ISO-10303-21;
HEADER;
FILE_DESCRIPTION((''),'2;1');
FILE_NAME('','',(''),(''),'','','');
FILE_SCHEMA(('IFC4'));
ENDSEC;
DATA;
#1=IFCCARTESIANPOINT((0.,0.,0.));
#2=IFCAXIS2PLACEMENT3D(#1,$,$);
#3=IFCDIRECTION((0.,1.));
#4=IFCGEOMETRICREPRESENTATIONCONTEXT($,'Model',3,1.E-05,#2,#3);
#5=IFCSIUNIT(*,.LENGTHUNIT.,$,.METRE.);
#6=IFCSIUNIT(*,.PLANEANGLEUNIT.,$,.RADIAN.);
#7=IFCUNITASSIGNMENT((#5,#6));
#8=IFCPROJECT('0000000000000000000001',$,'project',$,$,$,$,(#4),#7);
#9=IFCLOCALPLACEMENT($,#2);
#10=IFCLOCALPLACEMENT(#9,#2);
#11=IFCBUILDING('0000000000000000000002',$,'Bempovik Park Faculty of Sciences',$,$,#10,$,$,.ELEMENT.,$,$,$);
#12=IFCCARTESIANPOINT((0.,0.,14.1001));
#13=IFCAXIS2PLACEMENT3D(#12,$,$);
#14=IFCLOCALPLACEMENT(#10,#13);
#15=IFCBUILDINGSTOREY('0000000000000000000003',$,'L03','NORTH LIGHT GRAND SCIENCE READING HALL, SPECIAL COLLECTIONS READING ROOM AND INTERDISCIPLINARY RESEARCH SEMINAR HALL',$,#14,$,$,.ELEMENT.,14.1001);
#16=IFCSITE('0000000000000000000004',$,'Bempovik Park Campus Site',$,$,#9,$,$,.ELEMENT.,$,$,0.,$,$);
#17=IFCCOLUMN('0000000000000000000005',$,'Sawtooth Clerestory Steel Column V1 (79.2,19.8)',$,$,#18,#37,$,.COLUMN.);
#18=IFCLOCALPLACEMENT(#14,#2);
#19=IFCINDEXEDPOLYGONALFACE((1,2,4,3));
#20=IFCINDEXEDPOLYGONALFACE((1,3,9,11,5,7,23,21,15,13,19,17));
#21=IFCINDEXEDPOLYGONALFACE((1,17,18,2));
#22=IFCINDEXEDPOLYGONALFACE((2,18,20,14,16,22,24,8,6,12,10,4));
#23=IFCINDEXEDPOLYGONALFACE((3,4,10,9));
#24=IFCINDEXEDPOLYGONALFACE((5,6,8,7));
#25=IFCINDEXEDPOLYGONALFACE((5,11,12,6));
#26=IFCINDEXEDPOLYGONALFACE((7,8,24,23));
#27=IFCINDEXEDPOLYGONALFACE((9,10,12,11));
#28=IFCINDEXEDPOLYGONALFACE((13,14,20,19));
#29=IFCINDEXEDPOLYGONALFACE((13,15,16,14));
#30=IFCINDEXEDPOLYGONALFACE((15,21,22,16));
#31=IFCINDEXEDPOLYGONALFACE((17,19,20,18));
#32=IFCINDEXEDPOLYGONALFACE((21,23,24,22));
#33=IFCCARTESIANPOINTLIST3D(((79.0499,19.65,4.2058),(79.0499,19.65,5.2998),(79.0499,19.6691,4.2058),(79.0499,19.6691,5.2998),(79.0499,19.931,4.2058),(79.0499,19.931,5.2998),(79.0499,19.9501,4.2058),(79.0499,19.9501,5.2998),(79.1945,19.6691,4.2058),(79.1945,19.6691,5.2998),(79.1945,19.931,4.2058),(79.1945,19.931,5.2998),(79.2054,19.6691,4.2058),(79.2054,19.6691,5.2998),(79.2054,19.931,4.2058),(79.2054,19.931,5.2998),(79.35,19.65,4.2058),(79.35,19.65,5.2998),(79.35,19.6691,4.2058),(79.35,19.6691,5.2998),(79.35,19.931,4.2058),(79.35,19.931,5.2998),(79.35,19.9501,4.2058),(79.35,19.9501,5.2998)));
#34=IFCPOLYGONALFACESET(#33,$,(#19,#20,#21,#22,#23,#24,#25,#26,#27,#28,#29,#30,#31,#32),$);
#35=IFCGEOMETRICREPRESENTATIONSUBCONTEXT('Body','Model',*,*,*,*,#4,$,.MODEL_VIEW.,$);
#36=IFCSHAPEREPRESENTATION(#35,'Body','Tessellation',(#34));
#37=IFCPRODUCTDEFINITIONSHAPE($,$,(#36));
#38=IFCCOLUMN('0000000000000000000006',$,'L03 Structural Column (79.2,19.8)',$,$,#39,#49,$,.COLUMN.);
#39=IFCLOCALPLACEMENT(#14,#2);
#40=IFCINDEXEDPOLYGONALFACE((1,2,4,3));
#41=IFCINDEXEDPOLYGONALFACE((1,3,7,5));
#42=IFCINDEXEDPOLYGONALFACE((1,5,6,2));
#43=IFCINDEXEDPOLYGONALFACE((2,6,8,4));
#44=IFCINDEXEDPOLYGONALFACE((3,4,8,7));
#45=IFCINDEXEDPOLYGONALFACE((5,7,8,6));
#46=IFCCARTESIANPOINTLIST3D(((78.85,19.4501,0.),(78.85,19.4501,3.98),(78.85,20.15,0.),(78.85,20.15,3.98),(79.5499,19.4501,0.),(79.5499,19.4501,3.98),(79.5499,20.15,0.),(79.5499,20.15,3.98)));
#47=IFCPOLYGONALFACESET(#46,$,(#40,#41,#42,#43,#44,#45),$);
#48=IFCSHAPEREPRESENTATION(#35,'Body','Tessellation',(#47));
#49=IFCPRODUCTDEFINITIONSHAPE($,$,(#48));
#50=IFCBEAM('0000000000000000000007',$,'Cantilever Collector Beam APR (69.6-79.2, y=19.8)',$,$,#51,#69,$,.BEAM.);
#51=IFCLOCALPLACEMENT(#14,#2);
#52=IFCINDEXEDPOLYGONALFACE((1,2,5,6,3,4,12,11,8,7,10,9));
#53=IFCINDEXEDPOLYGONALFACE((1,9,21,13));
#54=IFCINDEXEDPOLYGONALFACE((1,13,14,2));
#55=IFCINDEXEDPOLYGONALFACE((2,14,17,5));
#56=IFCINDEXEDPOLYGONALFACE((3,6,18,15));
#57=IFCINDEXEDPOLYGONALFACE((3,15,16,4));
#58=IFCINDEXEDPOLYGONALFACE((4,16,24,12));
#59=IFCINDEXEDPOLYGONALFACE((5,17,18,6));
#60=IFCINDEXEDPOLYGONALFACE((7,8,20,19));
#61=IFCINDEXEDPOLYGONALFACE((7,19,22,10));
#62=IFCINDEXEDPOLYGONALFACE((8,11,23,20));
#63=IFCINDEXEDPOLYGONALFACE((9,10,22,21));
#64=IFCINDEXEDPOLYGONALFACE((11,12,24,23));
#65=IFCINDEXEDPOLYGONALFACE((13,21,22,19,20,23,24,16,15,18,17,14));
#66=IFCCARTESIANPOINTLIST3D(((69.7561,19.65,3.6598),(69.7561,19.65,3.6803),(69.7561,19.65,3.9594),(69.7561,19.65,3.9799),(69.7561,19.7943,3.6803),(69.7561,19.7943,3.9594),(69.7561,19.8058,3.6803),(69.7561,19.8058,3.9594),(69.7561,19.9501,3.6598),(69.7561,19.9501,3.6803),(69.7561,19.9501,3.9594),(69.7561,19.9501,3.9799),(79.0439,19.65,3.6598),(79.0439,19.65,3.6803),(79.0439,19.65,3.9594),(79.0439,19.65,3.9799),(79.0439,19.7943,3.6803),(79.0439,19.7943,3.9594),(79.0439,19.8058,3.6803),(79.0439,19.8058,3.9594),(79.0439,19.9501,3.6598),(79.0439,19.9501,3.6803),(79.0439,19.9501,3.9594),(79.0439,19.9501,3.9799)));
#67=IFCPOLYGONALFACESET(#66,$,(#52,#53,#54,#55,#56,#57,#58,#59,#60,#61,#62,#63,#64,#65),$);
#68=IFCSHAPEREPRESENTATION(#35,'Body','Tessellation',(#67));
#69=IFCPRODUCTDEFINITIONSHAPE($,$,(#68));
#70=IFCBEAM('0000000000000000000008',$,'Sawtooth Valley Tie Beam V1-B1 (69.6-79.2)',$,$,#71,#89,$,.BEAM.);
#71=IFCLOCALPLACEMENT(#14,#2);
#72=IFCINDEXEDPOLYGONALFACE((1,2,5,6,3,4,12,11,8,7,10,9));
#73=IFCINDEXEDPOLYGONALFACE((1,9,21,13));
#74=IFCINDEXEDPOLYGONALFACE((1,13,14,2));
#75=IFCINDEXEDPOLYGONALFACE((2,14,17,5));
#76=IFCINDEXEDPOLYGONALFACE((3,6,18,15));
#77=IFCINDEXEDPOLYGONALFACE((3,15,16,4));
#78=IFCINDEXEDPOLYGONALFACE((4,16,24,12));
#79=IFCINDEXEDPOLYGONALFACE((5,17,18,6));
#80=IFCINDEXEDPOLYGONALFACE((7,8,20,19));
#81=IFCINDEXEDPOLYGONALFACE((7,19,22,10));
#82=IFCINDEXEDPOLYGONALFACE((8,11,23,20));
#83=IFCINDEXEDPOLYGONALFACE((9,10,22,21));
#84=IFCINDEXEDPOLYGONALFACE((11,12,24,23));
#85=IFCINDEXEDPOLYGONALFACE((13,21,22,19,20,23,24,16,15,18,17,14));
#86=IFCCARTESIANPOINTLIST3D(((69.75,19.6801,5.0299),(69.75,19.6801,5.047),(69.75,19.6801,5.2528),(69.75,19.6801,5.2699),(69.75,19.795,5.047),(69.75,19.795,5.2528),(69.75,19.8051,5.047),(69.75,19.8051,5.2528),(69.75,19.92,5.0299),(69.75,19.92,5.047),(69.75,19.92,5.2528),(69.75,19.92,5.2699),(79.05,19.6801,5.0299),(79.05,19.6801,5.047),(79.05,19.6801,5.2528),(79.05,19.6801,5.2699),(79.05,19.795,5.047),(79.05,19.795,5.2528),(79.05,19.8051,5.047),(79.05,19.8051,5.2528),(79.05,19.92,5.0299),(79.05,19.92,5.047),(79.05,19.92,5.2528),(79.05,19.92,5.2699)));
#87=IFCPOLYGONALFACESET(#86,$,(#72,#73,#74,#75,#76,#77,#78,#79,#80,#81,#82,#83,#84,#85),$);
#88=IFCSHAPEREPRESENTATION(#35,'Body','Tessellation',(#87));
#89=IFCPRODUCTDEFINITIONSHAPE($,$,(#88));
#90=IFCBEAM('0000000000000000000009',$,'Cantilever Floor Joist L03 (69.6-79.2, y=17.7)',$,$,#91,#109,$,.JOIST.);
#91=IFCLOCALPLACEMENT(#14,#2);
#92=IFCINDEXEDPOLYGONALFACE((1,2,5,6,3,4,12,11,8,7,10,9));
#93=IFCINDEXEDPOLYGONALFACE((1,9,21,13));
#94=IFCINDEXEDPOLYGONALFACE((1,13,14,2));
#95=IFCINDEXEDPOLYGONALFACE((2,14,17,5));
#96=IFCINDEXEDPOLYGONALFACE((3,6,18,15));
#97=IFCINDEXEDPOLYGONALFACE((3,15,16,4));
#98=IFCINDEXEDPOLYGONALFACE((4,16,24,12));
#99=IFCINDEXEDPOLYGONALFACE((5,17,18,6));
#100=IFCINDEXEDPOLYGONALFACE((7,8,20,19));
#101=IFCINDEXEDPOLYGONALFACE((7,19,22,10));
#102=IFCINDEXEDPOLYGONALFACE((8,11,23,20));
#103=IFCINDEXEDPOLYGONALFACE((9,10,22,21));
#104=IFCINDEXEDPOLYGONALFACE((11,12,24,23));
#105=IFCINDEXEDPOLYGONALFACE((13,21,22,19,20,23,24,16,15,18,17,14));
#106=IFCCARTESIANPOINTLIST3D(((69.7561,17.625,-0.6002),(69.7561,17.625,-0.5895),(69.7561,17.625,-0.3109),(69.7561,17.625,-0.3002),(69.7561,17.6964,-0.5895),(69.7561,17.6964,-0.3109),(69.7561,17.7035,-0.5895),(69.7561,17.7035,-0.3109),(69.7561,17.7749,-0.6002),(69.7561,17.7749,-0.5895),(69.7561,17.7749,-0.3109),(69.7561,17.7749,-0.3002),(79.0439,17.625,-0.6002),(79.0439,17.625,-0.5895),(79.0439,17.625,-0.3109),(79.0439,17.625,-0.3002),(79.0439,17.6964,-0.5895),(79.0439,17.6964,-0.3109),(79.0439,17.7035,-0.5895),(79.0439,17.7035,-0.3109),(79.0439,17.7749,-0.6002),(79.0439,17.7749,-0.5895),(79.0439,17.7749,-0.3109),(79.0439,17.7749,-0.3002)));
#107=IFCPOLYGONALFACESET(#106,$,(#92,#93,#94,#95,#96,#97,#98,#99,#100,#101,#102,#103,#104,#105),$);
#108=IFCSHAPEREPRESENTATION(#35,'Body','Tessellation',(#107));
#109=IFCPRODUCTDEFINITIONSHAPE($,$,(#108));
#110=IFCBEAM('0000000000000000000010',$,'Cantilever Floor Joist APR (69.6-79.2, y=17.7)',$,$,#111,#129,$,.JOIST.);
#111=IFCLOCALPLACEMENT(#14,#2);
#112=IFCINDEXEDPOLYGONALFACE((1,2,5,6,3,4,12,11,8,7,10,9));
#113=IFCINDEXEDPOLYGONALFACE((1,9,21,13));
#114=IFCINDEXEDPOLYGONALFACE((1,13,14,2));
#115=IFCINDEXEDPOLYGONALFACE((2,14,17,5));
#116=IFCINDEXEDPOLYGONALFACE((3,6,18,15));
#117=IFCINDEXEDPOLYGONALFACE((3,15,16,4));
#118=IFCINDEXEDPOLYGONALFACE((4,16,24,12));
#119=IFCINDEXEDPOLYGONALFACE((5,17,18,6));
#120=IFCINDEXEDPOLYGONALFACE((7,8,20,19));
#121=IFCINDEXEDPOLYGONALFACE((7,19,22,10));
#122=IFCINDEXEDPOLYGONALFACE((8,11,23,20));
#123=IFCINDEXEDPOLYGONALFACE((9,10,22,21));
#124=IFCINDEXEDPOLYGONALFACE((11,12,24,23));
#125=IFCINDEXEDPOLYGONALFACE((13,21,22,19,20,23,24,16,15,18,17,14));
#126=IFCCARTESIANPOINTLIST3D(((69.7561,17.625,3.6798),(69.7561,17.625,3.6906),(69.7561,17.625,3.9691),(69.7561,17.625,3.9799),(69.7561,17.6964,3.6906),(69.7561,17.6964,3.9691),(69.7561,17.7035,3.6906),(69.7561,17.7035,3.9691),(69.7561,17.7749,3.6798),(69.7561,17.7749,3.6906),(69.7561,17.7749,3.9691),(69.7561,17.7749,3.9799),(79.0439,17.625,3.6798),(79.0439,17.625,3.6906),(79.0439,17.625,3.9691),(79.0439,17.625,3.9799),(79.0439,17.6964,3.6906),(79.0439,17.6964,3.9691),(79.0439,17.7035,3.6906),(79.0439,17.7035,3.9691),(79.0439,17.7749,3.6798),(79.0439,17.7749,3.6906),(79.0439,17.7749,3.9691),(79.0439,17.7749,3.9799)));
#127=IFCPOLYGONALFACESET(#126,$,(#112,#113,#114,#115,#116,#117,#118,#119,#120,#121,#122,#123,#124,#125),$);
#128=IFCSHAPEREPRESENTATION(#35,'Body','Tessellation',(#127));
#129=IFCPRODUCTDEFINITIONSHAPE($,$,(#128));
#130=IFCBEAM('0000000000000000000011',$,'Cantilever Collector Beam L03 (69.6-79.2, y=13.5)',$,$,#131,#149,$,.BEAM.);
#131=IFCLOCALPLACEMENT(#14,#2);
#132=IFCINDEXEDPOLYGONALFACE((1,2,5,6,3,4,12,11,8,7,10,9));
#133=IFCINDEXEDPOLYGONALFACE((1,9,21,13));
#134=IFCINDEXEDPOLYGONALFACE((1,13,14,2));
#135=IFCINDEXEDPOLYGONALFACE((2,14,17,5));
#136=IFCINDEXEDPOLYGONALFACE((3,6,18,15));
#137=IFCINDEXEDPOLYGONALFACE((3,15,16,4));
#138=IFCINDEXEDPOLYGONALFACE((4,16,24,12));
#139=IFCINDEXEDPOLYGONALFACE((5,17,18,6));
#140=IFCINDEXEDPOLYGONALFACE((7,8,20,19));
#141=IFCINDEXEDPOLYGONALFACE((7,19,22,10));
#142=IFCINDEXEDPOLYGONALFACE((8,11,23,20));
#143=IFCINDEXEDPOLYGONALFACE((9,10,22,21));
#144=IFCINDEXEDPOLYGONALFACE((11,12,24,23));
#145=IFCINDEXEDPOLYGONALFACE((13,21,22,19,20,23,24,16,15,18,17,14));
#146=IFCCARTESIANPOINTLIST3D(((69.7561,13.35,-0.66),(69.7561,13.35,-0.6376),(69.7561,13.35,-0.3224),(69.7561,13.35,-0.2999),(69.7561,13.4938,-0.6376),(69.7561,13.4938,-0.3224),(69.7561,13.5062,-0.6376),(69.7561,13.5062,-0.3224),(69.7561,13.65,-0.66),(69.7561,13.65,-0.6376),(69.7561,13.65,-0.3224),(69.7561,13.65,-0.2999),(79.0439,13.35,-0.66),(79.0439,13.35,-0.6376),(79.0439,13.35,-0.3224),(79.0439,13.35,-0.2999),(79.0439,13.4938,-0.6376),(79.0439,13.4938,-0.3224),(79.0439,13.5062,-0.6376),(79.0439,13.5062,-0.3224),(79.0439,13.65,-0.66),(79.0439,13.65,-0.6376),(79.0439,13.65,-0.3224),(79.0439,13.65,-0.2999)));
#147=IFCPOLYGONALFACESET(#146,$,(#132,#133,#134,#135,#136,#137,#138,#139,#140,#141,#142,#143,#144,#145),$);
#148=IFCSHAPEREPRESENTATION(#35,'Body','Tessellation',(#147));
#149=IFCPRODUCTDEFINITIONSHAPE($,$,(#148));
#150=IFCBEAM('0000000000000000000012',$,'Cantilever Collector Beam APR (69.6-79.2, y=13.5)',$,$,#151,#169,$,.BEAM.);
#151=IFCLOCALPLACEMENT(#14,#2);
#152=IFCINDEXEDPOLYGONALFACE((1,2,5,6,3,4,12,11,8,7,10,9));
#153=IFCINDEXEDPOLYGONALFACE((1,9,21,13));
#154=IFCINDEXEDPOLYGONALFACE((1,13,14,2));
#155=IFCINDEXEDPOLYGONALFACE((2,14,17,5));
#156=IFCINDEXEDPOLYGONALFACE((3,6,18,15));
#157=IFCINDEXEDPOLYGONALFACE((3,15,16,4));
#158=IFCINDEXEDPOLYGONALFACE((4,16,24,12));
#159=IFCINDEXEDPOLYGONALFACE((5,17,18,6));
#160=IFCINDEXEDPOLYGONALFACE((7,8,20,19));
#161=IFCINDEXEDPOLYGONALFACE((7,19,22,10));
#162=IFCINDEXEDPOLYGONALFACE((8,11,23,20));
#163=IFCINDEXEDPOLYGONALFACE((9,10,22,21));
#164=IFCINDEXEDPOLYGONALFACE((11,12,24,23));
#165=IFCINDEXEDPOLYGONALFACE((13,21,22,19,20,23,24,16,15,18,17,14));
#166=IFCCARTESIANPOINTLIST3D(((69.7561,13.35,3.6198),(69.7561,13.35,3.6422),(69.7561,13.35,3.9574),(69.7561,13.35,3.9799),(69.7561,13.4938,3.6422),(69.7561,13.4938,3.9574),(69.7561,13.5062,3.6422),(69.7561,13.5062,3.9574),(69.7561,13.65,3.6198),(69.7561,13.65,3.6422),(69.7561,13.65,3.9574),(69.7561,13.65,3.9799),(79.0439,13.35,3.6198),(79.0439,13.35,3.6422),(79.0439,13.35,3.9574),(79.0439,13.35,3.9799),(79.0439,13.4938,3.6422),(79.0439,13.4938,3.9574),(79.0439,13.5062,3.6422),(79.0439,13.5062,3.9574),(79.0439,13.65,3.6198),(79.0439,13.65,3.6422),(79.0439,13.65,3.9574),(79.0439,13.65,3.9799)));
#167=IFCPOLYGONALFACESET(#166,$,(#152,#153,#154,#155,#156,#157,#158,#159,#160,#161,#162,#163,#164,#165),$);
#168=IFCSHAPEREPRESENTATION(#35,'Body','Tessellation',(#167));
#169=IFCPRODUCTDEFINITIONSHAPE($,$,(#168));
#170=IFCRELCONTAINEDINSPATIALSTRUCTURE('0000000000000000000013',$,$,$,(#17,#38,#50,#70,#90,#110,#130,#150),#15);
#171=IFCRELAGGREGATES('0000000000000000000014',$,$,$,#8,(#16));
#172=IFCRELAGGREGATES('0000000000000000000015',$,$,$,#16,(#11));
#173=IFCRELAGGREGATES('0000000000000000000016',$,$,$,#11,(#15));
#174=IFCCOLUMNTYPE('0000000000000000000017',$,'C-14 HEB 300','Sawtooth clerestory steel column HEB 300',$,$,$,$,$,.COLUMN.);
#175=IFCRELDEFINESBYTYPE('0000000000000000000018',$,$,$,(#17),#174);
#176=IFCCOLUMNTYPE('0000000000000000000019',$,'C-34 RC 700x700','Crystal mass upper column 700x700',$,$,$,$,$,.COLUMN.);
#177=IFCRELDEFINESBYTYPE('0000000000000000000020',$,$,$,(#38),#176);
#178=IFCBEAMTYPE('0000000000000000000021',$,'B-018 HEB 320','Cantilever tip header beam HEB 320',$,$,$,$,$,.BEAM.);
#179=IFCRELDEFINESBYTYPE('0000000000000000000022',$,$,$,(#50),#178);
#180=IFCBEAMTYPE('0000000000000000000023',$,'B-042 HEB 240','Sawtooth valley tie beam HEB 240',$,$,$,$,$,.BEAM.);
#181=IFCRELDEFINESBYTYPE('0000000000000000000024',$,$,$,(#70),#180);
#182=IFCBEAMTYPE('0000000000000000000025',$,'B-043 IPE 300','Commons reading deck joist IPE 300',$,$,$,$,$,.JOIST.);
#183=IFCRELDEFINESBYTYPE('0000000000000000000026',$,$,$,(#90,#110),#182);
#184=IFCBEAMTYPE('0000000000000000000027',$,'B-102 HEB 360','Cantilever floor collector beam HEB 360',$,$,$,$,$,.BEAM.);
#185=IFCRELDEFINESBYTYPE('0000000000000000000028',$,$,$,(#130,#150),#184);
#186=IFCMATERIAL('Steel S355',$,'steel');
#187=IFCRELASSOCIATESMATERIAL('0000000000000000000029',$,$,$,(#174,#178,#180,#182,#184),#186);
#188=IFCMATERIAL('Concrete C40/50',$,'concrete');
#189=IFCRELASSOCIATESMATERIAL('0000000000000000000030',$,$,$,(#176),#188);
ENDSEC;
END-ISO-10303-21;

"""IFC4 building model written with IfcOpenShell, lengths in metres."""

from ifc_helpers import new_model, si_unit, direction, frame, origin, origin_2d, place, context, subcontext, project, spatial, rectangle, i_section, extrude, material, material_profile, profile_set, type_object, element, save


model = new_model("IFC4")

# Units and contexts
model_context = context("Model", 3, precision=1e-05, world=origin(), true_north=direction((0.0, 1.0)))
body_context = subcontext(model_context, "Body", "Model", "MODEL_VIEW")
ifc_project = project(units=[si_unit("LENGTHUNIT", "METRE"), si_unit("PLANEANGLEUNIT", "RADIAN")], contexts=[model_context])

# Site, building, storey
site_placement = place(None, origin())
site = spatial("IfcSite", under=ifc_project, at=site_placement, Name="Bempovik Park Campus Site", CompositionType="ELEMENT", RefElevation=0.0)
building_placement = place(site_placement, origin())
building = spatial("IfcBuilding", under=site, at=building_placement, Name="Bempovik Park Faculty of Sciences", CompositionType="ELEMENT")
storey_placement = place(building_placement, frame((0.0, 0.0, 14.1001)))
storey = spatial("IfcBuildingStorey", under=building, at=storey_placement, Name="L03", Description="NORTH LIGHT GRAND SCIENCE READING HALL, SPECIAL COLLECTIONS READING ROOM AND INTERDISCIPLINARY RESEARCH SEMINAR HALL", CompositionType="ELEMENT", Elevation=14.1001)

# Columns
ifc_material_1 = material(Name="Steel S355", Category="steel")
ifc_material_profile_1 = material_profile(ifc_material_1, i_section(OverallWidth=0.3, OverallDepth=0.3, WebThickness=0.011, FlangeThickness=0.019, at=origin_2d()), Name="HEB 300")
ifc_profile_set_1 = profile_set([ifc_material_profile_1], Name="Steel S355")
column_type_1 = type_object("IfcColumnType", Name="C-14 HEB 300", Description="Sawtooth clerestory steel column HEB 300", PredefinedType="COLUMN", material=ifc_profile_set_1)
column_1_placement = place(storey_placement, frame((79.2, 19.8, 4.2058), z_axis=(0.0, 0.0, 1.0), x_axis=(1.0, 0.0, 0.0)))
element("IfcColumn", 1, at=column_1_placement, inside=storey, type_object=column_type_1, Name="Sawtooth Clerestory Steel Column V1 (79.2,19.8)", PredefinedType="COLUMN", context=body_context, shape_type="SweptSolid", body=[
    extrude(i_section(OverallWidth=0.3, OverallDepth=0.3, WebThickness=0.011, FlangeThickness=0.019, at=origin_2d()), origin(), (0.0, 0.0, 1.0), 1.094),
])
ifc_material_2 = material(Name="Concrete C40/50", Category="concrete")
ifc_material_profile_2 = material_profile(ifc_material_2, rectangle(XDim=0.7, YDim=0.7, at=origin_2d()), Name="RC 700x700")
ifc_profile_set_2 = profile_set([ifc_material_profile_2], Name="Concrete C40/50")
column_type_2 = type_object("IfcColumnType", Name="C-34 RC 700x700", Description="Crystal mass upper column 700x700", PredefinedType="COLUMN", material=ifc_profile_set_2)
column_2_placement = place(storey_placement, frame((79.2, 19.8, 0.0), z_axis=(0.0, 0.0, 1.0), x_axis=(1.0, 0.0, 0.0)))
element("IfcColumn", 2, at=column_2_placement, inside=storey, type_object=column_type_2, Name="L03 Structural Column (79.2,19.8)", PredefinedType="COLUMN", context=body_context, shape_type="SweptSolid", body=[
    extrude(rectangle(XDim=0.7, YDim=0.7, at=origin_2d()), origin(), (0.0, 0.0, 1.0), 3.98),
])

# Beams
ifc_material_profile_3 = material_profile(ifc_material_1, i_section(OverallWidth=0.3, OverallDepth=0.3201, WebThickness=0.0115, FlangeThickness=0.0205, at=origin_2d()), Name="HEB 320")
ifc_profile_set_3 = profile_set([ifc_material_profile_3], Name="Steel S355")
beam_type_1 = type_object("IfcBeamType", Name="B-018 HEB 320", Description="Cantilever tip header beam HEB 320", PredefinedType="BEAM", material=ifc_profile_set_3)
beam_1_placement = place(storey_placement, frame((69.7561, 19.8, 3.8198), z_axis=(1.0, 0.0, 0.0), x_axis=(0.0, 1.0, 0.0)))
element("IfcBeam", 3, at=beam_1_placement, inside=storey, type_object=beam_type_1, Name="Cantilever Collector Beam APR (69.6-79.2, y=19.8)", PredefinedType="BEAM", context=body_context, shape_type="SweptSolid", body=[
    extrude(i_section(OverallWidth=0.3, OverallDepth=0.3201, WebThickness=0.0115, FlangeThickness=0.0205, at=origin_2d()), origin(), (0.0, 0.0, 1.0), 9.2878),
])
ifc_material_profile_4 = material_profile(ifc_material_1, i_section(OverallWidth=0.24, OverallDepth=0.24, WebThickness=0.01, FlangeThickness=0.0171, at=origin_2d()), Name="HEB 240")
ifc_profile_set_4 = profile_set([ifc_material_profile_4], Name="Steel S355")
beam_type_2 = type_object("IfcBeamType", Name="B-042 HEB 240", Description="Sawtooth valley tie beam HEB 240", PredefinedType="BEAM", material=ifc_profile_set_4)
beam_2_placement = place(storey_placement, frame((69.75, 19.8, 5.1499), z_axis=(1.0, 0.0, 0.0), x_axis=(0.0, 1.0, 0.0)))
element("IfcBeam", 4, at=beam_2_placement, inside=storey, type_object=beam_type_2, Name="Sawtooth Valley Tie Beam V1-B1 (69.6-79.2)", PredefinedType="BEAM", context=body_context, shape_type="SweptSolid", body=[
    extrude(i_section(OverallWidth=0.24, OverallDepth=0.24, WebThickness=0.01, FlangeThickness=0.0171, at=origin_2d()), origin(), (0.0, 0.0, 1.0), 9.3),
])
ifc_material_profile_5 = material_profile(ifc_material_1, i_section(OverallWidth=0.1499, OverallDepth=0.3, WebThickness=0.0071, FlangeThickness=0.0107, at=origin_2d()), Name="IPE 300")
ifc_profile_set_5 = profile_set([ifc_material_profile_5], Name="Steel S355")
beam_type_3 = type_object("IfcBeamType", Name="B-043 IPE 300", Description="Commons reading deck joist IPE 300", PredefinedType="JOIST", material=ifc_profile_set_5)
for number, where, z_axis, x_axis, name in (
    (5, (69.7561, 17.7, -0.4502), (1.0, 0.0, 0.0), (0.0, 1.0, 0.0), "Cantilever Floor Joist L03 (69.6-79.2, y=17.7)"),
    (6, (69.7561, 17.7, 3.8298), (1.0, 0.0, 0.0), (0.0, 1.0, 0.0), "Cantilever Floor Joist APR (69.6-79.2, y=17.7)"),
):
    element("IfcBeam", number, at=place(storey_placement, frame(where, z_axis=z_axis, x_axis=x_axis)), inside=storey, type_object=beam_type_3, Name=name, PredefinedType="JOIST", context=body_context, shape_type="SweptSolid", body=[
        extrude(i_section(OverallWidth=0.1499, OverallDepth=0.3, WebThickness=0.0071, FlangeThickness=0.0107, at=origin_2d()), origin(), (0.0, 0.0, 1.0), 9.2878),
    ])
ifc_material_profile_6 = material_profile(ifc_material_1, i_section(OverallWidth=0.3, OverallDepth=0.3601, WebThickness=0.0125, FlangeThickness=0.0225, at=origin_2d()), Name="HEB 360")
ifc_profile_set_6 = profile_set([ifc_material_profile_6], Name="Steel S355")
beam_type_4 = type_object("IfcBeamType", Name="B-102 HEB 360", Description="Cantilever floor collector beam HEB 360", PredefinedType="BEAM", material=ifc_profile_set_6)
for number, where, z_axis, x_axis, name in (
    (7, (69.7561, 13.5, -0.48), (1.0, 0.0, 0.0), (0.0, 1.0, 0.0), "Cantilever Collector Beam L03 (69.6-79.2, y=13.5)"),
    (8, (69.7561, 13.5, 3.7998), (1.0, 0.0, 0.0), (0.0, 1.0, 0.0), "Cantilever Collector Beam APR (69.6-79.2, y=13.5)"),
):
    element("IfcBeam", number, at=place(storey_placement, frame(where, z_axis=z_axis, x_axis=x_axis)), inside=storey, type_object=beam_type_4, Name=name, PredefinedType="BEAM", context=body_context, shape_type="SweptSolid", body=[
        extrude(i_section(OverallWidth=0.3, OverallDepth=0.3601, WebThickness=0.0125, FlangeThickness=0.0225, at=origin_2d()), origin(), (0.0, 0.0, 1.0), 9.2878),
    ])

save(model, "model.ifc")
